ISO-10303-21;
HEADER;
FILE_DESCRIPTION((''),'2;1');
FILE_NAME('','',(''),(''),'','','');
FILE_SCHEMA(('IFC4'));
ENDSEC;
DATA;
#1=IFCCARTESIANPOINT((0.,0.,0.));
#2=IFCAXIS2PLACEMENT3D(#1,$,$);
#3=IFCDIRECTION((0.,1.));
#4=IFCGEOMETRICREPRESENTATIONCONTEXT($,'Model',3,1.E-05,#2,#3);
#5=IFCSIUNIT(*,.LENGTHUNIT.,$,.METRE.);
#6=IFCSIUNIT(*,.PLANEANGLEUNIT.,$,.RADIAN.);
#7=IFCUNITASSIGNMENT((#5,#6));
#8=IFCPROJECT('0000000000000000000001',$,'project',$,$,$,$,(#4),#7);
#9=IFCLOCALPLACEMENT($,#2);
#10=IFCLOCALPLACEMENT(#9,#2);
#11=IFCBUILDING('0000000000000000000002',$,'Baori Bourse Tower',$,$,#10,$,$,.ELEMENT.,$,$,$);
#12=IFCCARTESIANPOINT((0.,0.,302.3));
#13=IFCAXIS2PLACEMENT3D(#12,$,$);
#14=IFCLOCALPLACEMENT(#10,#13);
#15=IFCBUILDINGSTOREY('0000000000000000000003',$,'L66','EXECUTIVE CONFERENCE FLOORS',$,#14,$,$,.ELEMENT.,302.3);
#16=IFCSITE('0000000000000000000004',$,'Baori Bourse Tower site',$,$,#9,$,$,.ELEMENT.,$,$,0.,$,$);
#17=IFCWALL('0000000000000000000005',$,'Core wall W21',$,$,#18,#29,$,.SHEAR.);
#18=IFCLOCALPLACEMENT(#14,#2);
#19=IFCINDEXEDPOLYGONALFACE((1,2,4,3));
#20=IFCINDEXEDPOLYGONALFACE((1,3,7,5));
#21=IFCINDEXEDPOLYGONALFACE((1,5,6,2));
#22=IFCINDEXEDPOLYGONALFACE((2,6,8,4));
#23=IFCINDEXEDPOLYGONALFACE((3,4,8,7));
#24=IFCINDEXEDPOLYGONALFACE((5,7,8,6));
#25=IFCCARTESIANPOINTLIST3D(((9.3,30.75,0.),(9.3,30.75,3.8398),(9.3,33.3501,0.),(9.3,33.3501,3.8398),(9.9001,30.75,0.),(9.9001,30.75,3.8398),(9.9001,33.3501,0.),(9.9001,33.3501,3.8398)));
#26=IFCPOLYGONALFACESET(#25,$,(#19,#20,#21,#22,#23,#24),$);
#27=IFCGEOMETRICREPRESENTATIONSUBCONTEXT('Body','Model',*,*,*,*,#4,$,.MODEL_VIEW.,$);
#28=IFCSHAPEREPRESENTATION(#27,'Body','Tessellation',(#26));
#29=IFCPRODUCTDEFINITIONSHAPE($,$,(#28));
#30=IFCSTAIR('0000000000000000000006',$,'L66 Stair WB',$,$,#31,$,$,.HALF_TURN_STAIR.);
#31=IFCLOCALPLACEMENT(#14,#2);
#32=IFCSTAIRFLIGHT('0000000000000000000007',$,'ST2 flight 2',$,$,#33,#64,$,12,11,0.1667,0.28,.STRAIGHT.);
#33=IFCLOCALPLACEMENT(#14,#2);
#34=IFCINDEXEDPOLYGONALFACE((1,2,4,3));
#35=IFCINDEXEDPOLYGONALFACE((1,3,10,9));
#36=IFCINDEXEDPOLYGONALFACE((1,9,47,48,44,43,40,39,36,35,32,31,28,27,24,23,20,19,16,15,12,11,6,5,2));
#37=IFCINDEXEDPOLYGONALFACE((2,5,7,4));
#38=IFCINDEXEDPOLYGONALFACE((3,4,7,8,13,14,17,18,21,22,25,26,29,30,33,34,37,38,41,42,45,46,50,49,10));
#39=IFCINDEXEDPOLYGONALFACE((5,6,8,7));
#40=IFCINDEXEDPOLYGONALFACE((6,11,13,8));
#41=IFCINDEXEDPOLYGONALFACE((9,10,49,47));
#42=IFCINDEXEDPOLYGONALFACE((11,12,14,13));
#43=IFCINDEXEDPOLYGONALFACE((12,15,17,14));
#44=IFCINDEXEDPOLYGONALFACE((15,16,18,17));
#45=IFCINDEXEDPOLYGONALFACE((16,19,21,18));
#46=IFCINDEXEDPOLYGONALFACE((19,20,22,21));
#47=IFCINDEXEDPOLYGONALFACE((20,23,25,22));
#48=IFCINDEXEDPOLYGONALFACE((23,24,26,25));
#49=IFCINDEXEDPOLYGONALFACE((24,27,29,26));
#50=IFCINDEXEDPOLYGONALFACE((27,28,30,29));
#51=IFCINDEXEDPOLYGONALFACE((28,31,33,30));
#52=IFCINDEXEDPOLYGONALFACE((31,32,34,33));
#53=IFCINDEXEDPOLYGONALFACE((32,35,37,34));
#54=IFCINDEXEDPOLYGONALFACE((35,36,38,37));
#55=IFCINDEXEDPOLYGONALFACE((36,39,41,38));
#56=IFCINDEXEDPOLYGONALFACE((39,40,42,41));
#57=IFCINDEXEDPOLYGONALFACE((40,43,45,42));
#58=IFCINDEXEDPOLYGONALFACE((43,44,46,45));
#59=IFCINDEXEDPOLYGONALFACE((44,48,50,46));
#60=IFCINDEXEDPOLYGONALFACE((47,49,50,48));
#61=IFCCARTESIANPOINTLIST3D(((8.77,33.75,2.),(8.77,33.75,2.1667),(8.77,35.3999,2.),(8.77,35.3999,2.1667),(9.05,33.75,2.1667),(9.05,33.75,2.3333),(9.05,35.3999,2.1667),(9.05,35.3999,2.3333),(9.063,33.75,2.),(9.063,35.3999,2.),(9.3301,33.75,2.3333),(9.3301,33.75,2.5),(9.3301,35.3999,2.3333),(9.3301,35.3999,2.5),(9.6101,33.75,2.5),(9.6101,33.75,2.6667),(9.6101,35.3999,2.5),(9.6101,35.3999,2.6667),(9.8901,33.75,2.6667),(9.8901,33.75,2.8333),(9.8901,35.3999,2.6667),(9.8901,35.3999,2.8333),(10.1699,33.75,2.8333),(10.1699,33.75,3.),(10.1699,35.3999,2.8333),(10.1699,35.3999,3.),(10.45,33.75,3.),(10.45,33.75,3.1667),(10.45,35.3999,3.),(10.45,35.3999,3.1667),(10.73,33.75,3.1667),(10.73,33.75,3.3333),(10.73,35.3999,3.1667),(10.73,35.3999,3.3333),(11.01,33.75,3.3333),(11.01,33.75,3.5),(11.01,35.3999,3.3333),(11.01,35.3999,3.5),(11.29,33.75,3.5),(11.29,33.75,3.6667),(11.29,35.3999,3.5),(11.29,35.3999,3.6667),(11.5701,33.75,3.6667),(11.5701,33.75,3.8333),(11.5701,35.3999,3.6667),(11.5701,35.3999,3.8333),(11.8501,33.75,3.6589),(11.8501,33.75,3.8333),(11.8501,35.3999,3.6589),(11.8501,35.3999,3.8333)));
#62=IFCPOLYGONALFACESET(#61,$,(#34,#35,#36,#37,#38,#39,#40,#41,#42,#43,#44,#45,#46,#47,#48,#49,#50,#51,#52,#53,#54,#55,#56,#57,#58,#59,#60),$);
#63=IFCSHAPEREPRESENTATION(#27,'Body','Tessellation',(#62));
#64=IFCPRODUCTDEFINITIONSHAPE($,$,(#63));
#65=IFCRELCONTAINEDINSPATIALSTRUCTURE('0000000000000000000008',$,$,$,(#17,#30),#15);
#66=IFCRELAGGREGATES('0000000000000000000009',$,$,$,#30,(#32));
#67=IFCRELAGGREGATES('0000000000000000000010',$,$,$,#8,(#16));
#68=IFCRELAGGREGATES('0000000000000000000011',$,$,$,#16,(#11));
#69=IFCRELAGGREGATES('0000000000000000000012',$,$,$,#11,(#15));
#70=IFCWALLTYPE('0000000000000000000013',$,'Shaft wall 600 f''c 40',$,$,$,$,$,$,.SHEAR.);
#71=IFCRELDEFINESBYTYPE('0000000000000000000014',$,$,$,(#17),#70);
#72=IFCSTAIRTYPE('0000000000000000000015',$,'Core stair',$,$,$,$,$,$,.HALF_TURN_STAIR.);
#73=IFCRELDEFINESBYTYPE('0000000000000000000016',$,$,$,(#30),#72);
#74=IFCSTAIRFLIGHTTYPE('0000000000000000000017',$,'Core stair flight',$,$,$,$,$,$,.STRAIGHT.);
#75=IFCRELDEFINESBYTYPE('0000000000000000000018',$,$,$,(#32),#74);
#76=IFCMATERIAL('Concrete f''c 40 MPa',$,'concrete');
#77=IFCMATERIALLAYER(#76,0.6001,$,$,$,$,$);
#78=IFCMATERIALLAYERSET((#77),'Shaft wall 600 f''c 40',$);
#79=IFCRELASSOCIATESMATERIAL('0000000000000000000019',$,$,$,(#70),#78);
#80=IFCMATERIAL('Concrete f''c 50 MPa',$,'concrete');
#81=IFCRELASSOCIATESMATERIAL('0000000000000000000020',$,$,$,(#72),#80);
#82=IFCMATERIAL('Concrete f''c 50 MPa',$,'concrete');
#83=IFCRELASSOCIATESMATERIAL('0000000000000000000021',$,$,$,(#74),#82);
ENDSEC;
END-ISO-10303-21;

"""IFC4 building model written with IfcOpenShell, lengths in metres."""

from ifc_helpers import new_model, si_unit, direction, frame, frame_2d, origin, place, context, subcontext, project, spatial, polyline, rectangle, outline, extrude, material, layer, layer_set, type_object, element, aggregate, save


model = new_model("IFC4")

# Units and contexts
model_context = context("Model", 3, precision=1e-05, world=origin(), true_north=direction((0.0, 1.0)))
body_context = subcontext(model_context, "Body", "Model", "MODEL_VIEW")
ifc_project = project(units=[si_unit("LENGTHUNIT", "METRE"), si_unit("PLANEANGLEUNIT", "RADIAN")], contexts=[model_context])

# Site, building, storey
site_placement = place(None, origin())
site = spatial("IfcSite", under=ifc_project, at=site_placement, Name="Baori Bourse Tower site", CompositionType="ELEMENT", RefElevation=0.0)
building_placement = place(site_placement, origin())
building = spatial("IfcBuilding", under=site, at=building_placement, Name="Baori Bourse Tower", CompositionType="ELEMENT")
storey_placement = place(building_placement, frame((0.0, 0.0, 302.3)))
storey = spatial("IfcBuildingStorey", under=building, at=storey_placement, Name="L66", Description="EXECUTIVE CONFERENCE FLOORS", CompositionType="ELEMENT", Elevation=302.3)

# Wall
ifc_material_1 = material(Name="Concrete f'c 40 MPa", Category="concrete")
ifc_layer_1 = layer(ifc_material_1, 0.6001)
ifc_layer_set_1 = layer_set([ifc_layer_1], Name="Shaft wall 600 f'c 40")
wall_type_1 = type_object("IfcWallType", Name="Shaft wall 600 f'c 40", PredefinedType="SHEAR", material=ifc_layer_set_1)
for number, where, z_axis, x_axis, name in (
    (1, (9.6001, 30.75, 0.0), (0.0, 0.0, 1.0), (0.0, 1.0, 0.0), "Core wall W21"),
):
    element("IfcWall", number, at=place(storey_placement, frame(where, z_axis=z_axis, x_axis=x_axis)), inside=storey, type_object=wall_type_1, Name=name, PredefinedType="SHEAR", context=body_context, shape_type="SweptSolid", body=[
        extrude(rectangle(XDim=2.6001, YDim=0.6001, at=frame_2d((1.3, 0.0))), origin(), (0.0, 0.0, 1.0), 3.8398),
    ])

# Stair, stair flight
ifc_material_2 = material(Name="Concrete f'c 50 MPa", Category="concrete")
stair_type = type_object("IfcStairType", Name="Core stair", PredefinedType="HALF_TURN_STAIR", material=ifc_material_2)
stair_placement = place(storey_placement, origin())
stair = element("IfcStair", 2, at=stair_placement, inside=storey, type_object=stair_type, Name="L66 Stair WB", PredefinedType="HALF_TURN_STAIR")
ifc_material_3 = material(Name="Concrete f'c 50 MPa", Category="concrete")
stair_flight_type = type_object("IfcStairFlightType", Name="Core stair flight", PredefinedType="STRAIGHT", material=ifc_material_3)
stair_flight_placement = place(storey_placement, frame((8.77, 34.575, 2.0), z_axis=(0.0, 0.0, 1.0), x_axis=(1.0, 0.0, 0.0)))
stair_flight = element("IfcStairFlight", 3, at=stair_flight_placement, type_object=stair_flight_type, Name="ST2 flight 2", NumberOfRisers=12, NumberOfTreads=11, PredefinedType="STRAIGHT", RiserHeight=0.1667, TreadLength=0.28, context=body_context, shape_type="SweptSolid", body=[
    extrude(outline(polyline([(0.0, 0.0), (0.0, 0.1667), (0.28, 0.1667), (0.28, 0.3333), (0.5601, 0.3333), (0.5601, 0.5), (0.8401, 0.5), (0.8401, 0.6667), (1.1201, 0.6667), (1.1201, 0.8333), (1.3999, 0.8333), (1.3999, 1.0), (1.6799, 1.0), (1.6799, 1.1667), (1.96, 1.1667), (1.96, 1.3333), (2.24, 1.3333), (2.24, 1.5), (2.52, 1.5), (2.52, 1.6667), (2.8, 1.6667), (2.8, 1.8333), (3.0801, 1.8333), (3.0801, 2.0), (3.0801, 1.6589), (0.293, 0.0), (0.0, 0.0)])), frame((0.0, 0.825, 0.0), z_axis=(0.0, -1.0, 0.0), x_axis=(1.0, 0.0, 0.0)), (0.0, 0.0, 1.0), 1.6499),
])
aggregate(stair, [stair_flight])

save(model, "model.ifc")
